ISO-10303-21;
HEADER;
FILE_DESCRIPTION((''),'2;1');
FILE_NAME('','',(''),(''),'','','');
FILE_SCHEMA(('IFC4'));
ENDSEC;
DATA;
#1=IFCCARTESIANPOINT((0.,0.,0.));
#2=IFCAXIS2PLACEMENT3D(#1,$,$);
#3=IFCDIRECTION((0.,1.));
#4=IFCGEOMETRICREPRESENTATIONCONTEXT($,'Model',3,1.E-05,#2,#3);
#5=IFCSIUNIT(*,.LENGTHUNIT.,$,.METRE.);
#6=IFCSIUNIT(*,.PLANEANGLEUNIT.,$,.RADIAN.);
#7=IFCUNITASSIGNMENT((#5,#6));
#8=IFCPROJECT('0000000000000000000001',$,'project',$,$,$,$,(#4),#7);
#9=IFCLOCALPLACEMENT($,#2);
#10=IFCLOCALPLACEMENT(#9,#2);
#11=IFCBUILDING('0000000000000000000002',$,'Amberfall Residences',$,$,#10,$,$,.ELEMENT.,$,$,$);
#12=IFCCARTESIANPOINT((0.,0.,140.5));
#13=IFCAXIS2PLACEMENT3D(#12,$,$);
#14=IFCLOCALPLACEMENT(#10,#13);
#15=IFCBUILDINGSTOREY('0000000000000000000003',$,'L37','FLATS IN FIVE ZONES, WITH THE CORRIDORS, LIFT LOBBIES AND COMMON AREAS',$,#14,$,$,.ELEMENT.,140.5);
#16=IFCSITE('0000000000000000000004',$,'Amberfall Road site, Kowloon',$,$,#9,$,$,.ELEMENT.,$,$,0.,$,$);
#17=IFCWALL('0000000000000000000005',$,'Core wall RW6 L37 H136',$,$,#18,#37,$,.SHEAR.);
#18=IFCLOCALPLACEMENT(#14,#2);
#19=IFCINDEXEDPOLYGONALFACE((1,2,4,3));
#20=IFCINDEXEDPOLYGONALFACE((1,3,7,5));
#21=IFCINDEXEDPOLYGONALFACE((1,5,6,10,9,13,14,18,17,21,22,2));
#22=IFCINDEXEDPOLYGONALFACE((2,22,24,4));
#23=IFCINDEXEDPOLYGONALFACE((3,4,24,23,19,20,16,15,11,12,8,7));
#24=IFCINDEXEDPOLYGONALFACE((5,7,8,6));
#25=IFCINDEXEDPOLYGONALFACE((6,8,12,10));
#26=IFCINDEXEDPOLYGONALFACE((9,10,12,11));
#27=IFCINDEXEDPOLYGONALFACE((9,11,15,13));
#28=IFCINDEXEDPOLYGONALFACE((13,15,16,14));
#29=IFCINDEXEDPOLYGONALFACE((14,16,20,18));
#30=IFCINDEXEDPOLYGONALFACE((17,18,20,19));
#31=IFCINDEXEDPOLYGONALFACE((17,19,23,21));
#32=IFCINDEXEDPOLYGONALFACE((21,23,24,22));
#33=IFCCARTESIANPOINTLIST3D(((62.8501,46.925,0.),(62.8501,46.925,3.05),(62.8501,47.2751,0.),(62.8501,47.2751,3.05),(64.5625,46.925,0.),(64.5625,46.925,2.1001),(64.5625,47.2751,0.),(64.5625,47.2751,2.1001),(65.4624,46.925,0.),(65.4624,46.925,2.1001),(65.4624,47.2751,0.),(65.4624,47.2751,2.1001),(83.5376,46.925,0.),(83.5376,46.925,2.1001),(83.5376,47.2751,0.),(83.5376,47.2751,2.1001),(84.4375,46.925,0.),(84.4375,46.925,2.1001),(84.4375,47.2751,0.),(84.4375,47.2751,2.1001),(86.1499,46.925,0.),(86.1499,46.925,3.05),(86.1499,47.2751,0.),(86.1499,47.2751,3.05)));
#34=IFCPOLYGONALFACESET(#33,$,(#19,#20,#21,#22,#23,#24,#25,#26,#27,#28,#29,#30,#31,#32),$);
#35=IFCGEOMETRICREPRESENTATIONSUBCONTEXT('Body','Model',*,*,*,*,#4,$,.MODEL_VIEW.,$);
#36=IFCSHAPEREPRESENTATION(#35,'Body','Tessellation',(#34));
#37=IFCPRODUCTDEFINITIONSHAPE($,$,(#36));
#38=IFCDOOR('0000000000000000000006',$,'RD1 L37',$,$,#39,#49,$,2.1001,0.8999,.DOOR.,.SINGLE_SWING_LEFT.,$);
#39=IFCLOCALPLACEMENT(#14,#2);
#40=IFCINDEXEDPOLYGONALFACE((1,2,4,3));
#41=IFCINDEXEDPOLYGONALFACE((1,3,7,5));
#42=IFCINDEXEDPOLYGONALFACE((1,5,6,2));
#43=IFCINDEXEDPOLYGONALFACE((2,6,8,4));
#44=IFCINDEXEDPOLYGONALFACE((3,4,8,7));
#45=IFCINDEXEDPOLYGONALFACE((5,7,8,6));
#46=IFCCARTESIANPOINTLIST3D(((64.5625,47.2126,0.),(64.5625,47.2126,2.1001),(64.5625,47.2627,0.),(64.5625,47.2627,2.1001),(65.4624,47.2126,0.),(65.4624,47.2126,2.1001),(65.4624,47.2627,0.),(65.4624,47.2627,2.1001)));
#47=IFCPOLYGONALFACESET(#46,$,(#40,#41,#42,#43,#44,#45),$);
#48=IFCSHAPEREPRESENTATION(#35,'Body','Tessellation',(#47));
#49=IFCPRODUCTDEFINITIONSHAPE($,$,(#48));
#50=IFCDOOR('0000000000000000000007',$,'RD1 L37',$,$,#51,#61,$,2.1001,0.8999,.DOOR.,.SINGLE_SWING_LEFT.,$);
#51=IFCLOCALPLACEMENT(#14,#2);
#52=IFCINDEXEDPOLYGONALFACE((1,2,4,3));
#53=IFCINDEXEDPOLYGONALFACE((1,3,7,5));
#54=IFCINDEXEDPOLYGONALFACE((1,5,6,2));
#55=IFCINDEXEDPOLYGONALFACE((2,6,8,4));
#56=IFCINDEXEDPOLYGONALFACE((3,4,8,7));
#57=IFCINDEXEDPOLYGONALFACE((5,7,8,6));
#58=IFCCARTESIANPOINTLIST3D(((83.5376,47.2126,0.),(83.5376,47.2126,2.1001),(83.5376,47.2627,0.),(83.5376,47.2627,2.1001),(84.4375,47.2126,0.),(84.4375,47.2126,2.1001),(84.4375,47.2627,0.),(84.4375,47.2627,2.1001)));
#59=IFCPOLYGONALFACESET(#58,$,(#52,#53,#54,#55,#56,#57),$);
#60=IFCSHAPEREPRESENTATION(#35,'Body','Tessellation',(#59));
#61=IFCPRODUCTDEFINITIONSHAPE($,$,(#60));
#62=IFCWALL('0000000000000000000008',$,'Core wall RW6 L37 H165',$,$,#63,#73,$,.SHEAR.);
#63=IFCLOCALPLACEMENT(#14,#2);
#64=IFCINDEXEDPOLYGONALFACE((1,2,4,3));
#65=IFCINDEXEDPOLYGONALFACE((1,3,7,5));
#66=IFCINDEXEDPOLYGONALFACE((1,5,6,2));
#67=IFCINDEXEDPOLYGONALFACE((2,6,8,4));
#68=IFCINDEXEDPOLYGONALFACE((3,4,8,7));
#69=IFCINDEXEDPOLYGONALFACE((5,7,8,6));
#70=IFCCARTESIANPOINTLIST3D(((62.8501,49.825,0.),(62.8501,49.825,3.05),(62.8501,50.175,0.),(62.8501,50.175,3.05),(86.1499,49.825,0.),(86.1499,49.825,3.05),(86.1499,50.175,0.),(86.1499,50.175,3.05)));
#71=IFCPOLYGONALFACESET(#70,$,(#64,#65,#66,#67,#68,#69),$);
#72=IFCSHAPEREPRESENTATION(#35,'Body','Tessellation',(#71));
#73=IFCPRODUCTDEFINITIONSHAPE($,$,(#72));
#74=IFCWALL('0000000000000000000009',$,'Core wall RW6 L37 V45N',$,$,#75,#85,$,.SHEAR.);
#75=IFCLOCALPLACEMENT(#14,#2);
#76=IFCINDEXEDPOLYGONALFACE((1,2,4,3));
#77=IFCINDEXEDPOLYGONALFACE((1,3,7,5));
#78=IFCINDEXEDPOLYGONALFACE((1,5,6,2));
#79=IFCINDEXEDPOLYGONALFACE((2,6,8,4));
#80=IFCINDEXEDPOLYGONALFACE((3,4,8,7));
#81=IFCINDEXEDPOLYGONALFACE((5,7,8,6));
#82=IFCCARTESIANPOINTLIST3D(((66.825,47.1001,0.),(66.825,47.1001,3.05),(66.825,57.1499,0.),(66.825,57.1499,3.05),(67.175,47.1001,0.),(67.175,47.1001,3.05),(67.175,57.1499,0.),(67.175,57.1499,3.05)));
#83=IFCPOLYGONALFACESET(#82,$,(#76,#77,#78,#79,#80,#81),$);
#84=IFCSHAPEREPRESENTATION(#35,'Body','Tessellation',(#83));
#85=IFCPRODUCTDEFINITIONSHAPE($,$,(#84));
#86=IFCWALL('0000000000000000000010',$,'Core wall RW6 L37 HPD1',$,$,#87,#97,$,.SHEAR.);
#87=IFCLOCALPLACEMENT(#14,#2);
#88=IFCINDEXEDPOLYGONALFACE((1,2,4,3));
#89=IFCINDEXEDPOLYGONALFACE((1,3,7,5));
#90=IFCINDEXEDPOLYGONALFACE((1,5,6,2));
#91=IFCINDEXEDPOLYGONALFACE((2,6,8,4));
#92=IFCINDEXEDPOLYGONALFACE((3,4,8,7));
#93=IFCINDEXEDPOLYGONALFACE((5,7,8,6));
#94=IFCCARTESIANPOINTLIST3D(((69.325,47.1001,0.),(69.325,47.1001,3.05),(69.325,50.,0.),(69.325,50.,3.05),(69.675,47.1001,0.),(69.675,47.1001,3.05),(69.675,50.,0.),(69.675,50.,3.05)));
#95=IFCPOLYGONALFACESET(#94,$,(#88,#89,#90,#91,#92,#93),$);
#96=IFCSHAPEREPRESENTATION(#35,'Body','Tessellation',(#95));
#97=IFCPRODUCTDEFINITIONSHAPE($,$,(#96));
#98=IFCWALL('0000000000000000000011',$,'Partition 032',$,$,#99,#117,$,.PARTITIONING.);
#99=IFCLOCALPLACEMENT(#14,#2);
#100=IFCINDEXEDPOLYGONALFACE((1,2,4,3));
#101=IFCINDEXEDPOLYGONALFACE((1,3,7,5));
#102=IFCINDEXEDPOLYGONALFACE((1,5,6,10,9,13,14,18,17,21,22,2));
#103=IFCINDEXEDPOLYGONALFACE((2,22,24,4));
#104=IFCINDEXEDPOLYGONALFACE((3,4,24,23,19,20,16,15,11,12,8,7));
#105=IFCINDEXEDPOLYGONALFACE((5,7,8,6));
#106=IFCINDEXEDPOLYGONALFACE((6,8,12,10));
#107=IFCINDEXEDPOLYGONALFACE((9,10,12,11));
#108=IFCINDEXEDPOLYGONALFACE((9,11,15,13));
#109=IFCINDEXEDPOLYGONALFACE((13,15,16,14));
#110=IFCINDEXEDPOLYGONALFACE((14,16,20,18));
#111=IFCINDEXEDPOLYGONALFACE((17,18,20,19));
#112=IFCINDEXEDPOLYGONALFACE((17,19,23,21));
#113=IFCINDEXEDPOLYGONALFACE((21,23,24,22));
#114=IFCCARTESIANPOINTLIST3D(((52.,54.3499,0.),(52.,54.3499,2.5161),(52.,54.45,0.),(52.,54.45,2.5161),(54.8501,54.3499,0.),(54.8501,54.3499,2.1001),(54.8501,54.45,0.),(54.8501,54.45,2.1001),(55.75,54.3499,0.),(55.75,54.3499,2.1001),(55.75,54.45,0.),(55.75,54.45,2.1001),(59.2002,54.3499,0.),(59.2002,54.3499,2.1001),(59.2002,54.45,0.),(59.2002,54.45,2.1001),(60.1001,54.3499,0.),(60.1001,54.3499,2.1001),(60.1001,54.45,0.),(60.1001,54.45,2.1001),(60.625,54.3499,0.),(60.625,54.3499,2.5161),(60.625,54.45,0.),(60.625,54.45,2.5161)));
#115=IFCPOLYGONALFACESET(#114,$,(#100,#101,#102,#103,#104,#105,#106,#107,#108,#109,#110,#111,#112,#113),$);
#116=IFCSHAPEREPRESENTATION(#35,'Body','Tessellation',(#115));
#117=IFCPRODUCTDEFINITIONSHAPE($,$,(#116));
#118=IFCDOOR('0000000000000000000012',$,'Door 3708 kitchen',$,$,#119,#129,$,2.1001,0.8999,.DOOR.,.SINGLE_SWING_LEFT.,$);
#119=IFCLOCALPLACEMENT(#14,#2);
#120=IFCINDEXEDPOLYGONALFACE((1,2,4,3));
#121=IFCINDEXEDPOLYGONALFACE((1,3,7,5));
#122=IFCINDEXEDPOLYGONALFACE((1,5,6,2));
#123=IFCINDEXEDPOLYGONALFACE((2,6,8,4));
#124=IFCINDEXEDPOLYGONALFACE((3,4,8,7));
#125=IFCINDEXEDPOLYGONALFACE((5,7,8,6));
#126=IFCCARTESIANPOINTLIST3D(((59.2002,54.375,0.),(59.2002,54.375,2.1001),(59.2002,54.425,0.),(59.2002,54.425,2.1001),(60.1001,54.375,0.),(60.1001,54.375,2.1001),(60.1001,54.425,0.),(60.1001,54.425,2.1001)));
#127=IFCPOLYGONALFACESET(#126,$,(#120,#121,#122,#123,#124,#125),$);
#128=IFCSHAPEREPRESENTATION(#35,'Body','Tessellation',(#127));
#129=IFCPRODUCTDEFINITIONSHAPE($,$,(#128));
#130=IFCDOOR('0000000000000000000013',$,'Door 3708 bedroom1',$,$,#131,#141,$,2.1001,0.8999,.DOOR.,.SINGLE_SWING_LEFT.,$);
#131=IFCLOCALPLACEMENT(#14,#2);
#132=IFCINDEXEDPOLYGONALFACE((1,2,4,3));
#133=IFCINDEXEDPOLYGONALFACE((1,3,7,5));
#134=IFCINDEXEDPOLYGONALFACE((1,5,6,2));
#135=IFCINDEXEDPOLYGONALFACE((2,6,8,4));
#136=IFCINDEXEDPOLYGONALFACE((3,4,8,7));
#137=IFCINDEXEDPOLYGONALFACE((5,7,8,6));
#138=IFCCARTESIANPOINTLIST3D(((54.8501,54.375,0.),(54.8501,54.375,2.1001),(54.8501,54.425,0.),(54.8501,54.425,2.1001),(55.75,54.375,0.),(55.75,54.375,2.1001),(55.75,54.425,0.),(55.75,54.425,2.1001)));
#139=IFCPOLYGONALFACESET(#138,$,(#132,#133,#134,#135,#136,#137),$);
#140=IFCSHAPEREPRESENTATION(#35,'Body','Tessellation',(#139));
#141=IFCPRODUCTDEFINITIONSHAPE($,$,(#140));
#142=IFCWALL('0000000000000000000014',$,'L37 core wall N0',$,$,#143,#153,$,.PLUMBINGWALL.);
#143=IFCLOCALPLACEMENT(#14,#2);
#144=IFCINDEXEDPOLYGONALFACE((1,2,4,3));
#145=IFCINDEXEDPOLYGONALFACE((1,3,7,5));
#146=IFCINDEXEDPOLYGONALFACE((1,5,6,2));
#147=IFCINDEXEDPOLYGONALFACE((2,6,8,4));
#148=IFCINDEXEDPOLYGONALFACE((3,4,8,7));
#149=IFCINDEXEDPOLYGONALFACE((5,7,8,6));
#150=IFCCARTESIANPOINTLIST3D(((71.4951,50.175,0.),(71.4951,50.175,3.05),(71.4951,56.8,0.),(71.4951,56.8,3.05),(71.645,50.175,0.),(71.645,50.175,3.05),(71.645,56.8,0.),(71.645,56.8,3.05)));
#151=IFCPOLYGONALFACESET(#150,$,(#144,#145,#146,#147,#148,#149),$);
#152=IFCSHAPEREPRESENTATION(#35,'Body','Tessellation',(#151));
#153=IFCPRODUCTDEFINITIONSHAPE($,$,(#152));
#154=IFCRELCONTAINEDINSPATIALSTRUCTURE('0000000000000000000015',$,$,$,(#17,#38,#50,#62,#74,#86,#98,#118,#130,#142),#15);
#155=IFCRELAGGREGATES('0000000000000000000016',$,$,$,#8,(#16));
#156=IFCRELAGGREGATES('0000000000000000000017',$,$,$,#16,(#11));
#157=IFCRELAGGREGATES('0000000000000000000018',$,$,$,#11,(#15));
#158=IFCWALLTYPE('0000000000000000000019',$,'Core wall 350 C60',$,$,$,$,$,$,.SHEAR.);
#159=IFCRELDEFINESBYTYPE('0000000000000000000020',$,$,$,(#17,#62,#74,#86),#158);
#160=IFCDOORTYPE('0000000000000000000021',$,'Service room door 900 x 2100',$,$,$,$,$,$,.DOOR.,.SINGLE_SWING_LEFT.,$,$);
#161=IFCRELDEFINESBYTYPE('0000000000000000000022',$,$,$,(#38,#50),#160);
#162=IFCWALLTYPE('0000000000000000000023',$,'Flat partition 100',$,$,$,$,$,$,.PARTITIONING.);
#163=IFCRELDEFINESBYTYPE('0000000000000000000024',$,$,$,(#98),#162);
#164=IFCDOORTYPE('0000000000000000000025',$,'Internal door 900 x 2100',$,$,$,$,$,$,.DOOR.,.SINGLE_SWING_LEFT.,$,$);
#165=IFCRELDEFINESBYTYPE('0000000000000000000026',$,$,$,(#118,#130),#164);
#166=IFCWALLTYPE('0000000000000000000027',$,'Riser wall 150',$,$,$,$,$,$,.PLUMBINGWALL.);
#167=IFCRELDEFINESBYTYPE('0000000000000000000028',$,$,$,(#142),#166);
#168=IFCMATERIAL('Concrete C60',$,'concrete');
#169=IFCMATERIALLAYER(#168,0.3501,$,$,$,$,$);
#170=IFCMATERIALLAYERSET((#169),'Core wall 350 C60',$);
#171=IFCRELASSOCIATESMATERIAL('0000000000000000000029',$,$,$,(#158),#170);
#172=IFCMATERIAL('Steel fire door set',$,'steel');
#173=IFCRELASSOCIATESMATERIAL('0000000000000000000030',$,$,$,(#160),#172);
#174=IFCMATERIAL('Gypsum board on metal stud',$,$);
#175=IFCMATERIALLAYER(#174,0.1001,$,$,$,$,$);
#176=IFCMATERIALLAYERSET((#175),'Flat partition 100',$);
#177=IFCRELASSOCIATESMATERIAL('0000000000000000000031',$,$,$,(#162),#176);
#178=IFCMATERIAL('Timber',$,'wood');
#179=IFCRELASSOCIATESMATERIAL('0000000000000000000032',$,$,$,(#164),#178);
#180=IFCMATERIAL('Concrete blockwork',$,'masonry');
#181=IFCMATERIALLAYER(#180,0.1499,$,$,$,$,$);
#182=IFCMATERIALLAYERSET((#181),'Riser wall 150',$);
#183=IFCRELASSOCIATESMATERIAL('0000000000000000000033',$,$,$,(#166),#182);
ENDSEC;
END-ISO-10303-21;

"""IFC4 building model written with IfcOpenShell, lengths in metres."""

from ifc_helpers import new_model, si_unit, direction, frame, frame_2d, origin, place, context, subcontext, project, spatial, rectangle, extrude, material, layer, layer_set, type_object, element, fill, save


model = new_model("IFC4")

# Units and contexts
model_context = context("Model", 3, precision=1e-05, world=origin(), true_north=direction((0.0, 1.0)))
body_context = subcontext(model_context, "Body", "Model", "MODEL_VIEW")
ifc_project = project(units=[si_unit("LENGTHUNIT", "METRE"), si_unit("PLANEANGLEUNIT", "RADIAN")], contexts=[model_context])

# Site, building, storey
site_placement = place(None, origin())
site = spatial("IfcSite", under=ifc_project, at=site_placement, Name="Amberfall Road site, Kowloon", CompositionType="ELEMENT", RefElevation=0.0)
building_placement = place(site_placement, origin())
building = spatial("IfcBuilding", under=site, at=building_placement, Name="Amberfall Residences", CompositionType="ELEMENT")
storey_placement = place(building_placement, frame((0.0, 0.0, 140.5)))
storey = spatial("IfcBuildingStorey", under=building, at=storey_placement, Name="L37", Description="FLATS IN FIVE ZONES, WITH THE CORRIDORS, LIFT LOBBIES AND COMMON AREAS", CompositionType="ELEMENT", Elevation=140.5)

# Wall, openings, doors
ifc_material_1 = material(Name="Concrete C60", Category="concrete")
ifc_layer_1 = layer(ifc_material_1, 0.3501)
ifc_layer_set_1 = layer_set([ifc_layer_1], Name="Core wall 350 C60")
wall_type_1 = type_object("IfcWallType", Name="Core wall 350 C60", PredefinedType="SHEAR", material=ifc_layer_set_1)
wall_1_placement = place(storey_placement, frame((62.8501, 47.1001, 0.0), z_axis=(0.0, 0.0, 1.0), x_axis=(1.0, 0.0, 0.0)))
wall_1 = element("IfcWall", 1, at=wall_1_placement, inside=storey, type_object=wall_type_1, Name="Core wall RW6 L37 H136", PredefinedType="SHEAR", context=body_context, shape_type="SweptSolid", body=[
    extrude(rectangle(XDim=23.2998, YDim=0.3501, at=frame_2d((11.6499, 0.0))), origin(), (0.0, 0.0, 1.0), 3.05),
])
opening_1_placement = place(wall_1_placement, frame((1.7124, 0.0, 0.0)))
opening_1 = element("IfcOpeningElement", 2, at=opening_1_placement, cuts=wall_1, PredefinedType="OPENING", context=body_context, shape_type="SweptSolid", body=[
    extrude(rectangle(XDim=0.8999, YDim=2.1001, at=frame_2d((0.45, 1.05))), frame((0.0, 0.1851, 0.0), z_axis=(0.0, -1.0, 0.0), x_axis=(1.0, 0.0, 0.0)), (0.0, 0.0, 1.0), 0.3701),
])
opening_2_placement = place(wall_1_placement, frame((20.6875, 0.0, 0.0)))
opening_2 = element("IfcOpeningElement", 3, at=opening_2_placement, cuts=wall_1, PredefinedType="OPENING", context=body_context, shape_type="SweptSolid", body=[
    extrude(rectangle(XDim=0.8999, YDim=2.1001, at=frame_2d((0.45, 1.05))), frame((0.0, 0.1851, 0.0), z_axis=(0.0, -1.0, 0.0), x_axis=(1.0, 0.0, 0.0)), (0.0, 0.0, 1.0), 0.3701),
])
ifc_material_2 = material(Name="Steel fire door set", Category="steel")
door_type_1 = type_object("IfcDoorType", Name="Service room door 900 x 2100", OperationType="SINGLE_SWING_LEFT", PredefinedType="DOOR", material=ifc_material_2)
door_1_placement = place(opening_1_placement, origin())
door_1 = element("IfcDoor", 4, at=door_1_placement, inside=storey, type_object=door_type_1, Name="RD1 L37", OperationType="SINGLE_SWING_LEFT", OverallHeight=2.1001, OverallWidth=0.8999, PredefinedType="DOOR", context=body_context, shape_type="SweptSolid", body=[
    extrude(rectangle(XDim=0.8999, YDim=2.1001, at=frame_2d((0.45, 1.05))), frame((0.0, 0.1626, 0.0), z_axis=(0.0, -1.0, 0.0), x_axis=(1.0, 0.0, 0.0)), (0.0, 0.0, 1.0), 0.05),
])
fill(opening_1, door_1)
door_2_placement = place(opening_2_placement, origin())
door_2 = element("IfcDoor", 5, at=door_2_placement, inside=storey, type_object=door_type_1, Name="RD1 L37", OperationType="SINGLE_SWING_LEFT", OverallHeight=2.1001, OverallWidth=0.8999, PredefinedType="DOOR", context=body_context, shape_type="SweptSolid", body=[
    extrude(rectangle(XDim=0.8999, YDim=2.1001, at=frame_2d((0.45, 1.05))), frame((0.0, 0.1626, 0.0), z_axis=(0.0, -1.0, 0.0), x_axis=(1.0, 0.0, 0.0)), (0.0, 0.0, 1.0), 0.05),
])
fill(opening_2, door_2)

# Walls
wall_2_placement = place(storey_placement, frame((62.8501, 50.0, 0.0), z_axis=(0.0, 0.0, 1.0), x_axis=(1.0, 0.0, 0.0)))
element("IfcWall", 6, at=wall_2_placement, inside=storey, type_object=wall_type_1, Name="Core wall RW6 L37 H165", PredefinedType="SHEAR", context=body_context, shape_type="SweptSolid", body=[
    extrude(rectangle(XDim=23.2998, YDim=0.3501, at=frame_2d((11.6499, 0.0))), origin(), (0.0, 0.0, 1.0), 3.05),
])
wall_3_placement = place(storey_placement, frame((67.0, 47.1001, 0.0), z_axis=(0.0, 0.0, 1.0), x_axis=(0.0, 1.0, 0.0)))
element("IfcWall", 7, at=wall_3_placement, inside=storey, type_object=wall_type_1, Name="Core wall RW6 L37 V45N", PredefinedType="SHEAR", context=body_context, shape_type="SweptSolid", body=[
    extrude(rectangle(XDim=10.0498, YDim=0.3501, at=frame_2d((5.0249, 0.0))), origin(), (0.0, 0.0, 1.0), 3.05),
])
wall_4_placement = place(storey_placement, frame((69.5, 47.1001, 0.0), z_axis=(0.0, 0.0, 1.0), x_axis=(0.0, 1.0, 0.0)))
element("IfcWall", 8, at=wall_4_placement, inside=storey, type_object=wall_type_1, Name="Core wall RW6 L37 HPD1", PredefinedType="SHEAR", context=body_context, shape_type="SweptSolid", body=[
    extrude(rectangle(XDim=2.8999, YDim=0.3501, at=frame_2d((1.45, 0.0))), origin(), (0.0, 0.0, 1.0), 3.05),
])

# Wall, openings, doors
ifc_material_3 = material(Name="Gypsum board on metal stud")
ifc_layer_2 = layer(ifc_material_3, 0.1001)
ifc_layer_set_2 = layer_set([ifc_layer_2], Name="Flat partition 100")
wall_type_2 = type_object("IfcWallType", Name="Flat partition 100", PredefinedType="PARTITIONING", material=ifc_layer_set_2)
wall_5_placement = place(storey_placement, frame((60.625, 54.3999, 0.0), z_axis=(0.0, 0.0, 1.0), x_axis=(-1.0, 0.0, 0.0)))
wall_5 = element("IfcWall", 9, at=wall_5_placement, inside=storey, type_object=wall_type_2, Name="Partition 032", PredefinedType="PARTITIONING", context=body_context, shape_type="SweptSolid", body=[
    extrude(rectangle(XDim=8.625, YDim=0.1001, at=frame_2d((4.3125, 0.0))), origin(), (0.0, 0.0, 1.0), 2.5161),
])
opening_3_placement = place(wall_5_placement, frame((0.5249, 0.0, 0.0)))
opening_3 = element("IfcOpeningElement", 10, at=opening_3_placement, cuts=wall_5, PredefinedType="OPENING", context=body_context, shape_type="SweptSolid", body=[
    extrude(rectangle(XDim=0.8999, YDim=2.1001, at=frame_2d((0.45, 1.05))), frame((0.0, 0.0601, 0.0), z_axis=(0.0, -1.0, 0.0), x_axis=(1.0, 0.0, 0.0)), (0.0, 0.0, 1.0), 0.1201),
])
opening_4_placement = place(wall_5_placement, frame((4.875, 0.0, 0.0)))
opening_4 = element("IfcOpeningElement", 11, at=opening_4_placement, cuts=wall_5, PredefinedType="OPENING", context=body_context, shape_type="SweptSolid", body=[
    extrude(rectangle(XDim=0.8999, YDim=2.1001, at=frame_2d((0.45, 1.05))), frame((0.0, 0.0601, 0.0), z_axis=(0.0, -1.0, 0.0), x_axis=(1.0, 0.0, 0.0)), (0.0, 0.0, 1.0), 0.1201),
])
ifc_material_4 = material(Name="Timber", Category="wood")
door_type_2 = type_object("IfcDoorType", Name="Internal door 900 x 2100", OperationType="SINGLE_SWING_LEFT", PredefinedType="DOOR", material=ifc_material_4)
door_3_placement = place(opening_3_placement, origin())
door_3 = element("IfcDoor", 12, at=door_3_placement, inside=storey, type_object=door_type_2, Name="Door 3708 kitchen", OperationType="SINGLE_SWING_LEFT", OverallHeight=2.1001, OverallWidth=0.8999, PredefinedType="DOOR", context=body_context, shape_type="SweptSolid", body=[
    extrude(rectangle(XDim=0.8999, YDim=2.1001, at=frame_2d((0.45, 1.05))), frame((0.0, 0.0249, 0.0), z_axis=(0.0, -1.0, 0.0), x_axis=(1.0, 0.0, 0.0)), (0.0, 0.0, 1.0), 0.05),
])
fill(opening_3, door_3)
door_4_placement = place(opening_4_placement, origin())
door_4 = element("IfcDoor", 13, at=door_4_placement, inside=storey, type_object=door_type_2, Name="Door 3708 bedroom1", OperationType="SINGLE_SWING_LEFT", OverallHeight=2.1001, OverallWidth=0.8999, PredefinedType="DOOR", context=body_context, shape_type="SweptSolid", body=[
    extrude(rectangle(XDim=0.8999, YDim=2.1001, at=frame_2d((0.45, 1.05))), frame((0.0, 0.0249, 0.0), z_axis=(0.0, -1.0, 0.0), x_axis=(1.0, 0.0, 0.0)), (0.0, 0.0, 1.0), 0.05),
])
fill(opening_4, door_4)

# Wall
ifc_material_5 = material(Name="Concrete blockwork", Category="masonry")
ifc_layer_3 = layer(ifc_material_5, 0.1499)
ifc_layer_set_3 = layer_set([ifc_layer_3], Name="Riser wall 150")
wall_type_3 = type_object("IfcWallType", Name="Riser wall 150", PredefinedType="PLUMBINGWALL", material=ifc_layer_set_3)
wall_6_placement = place(storey_placement, frame((71.5701, 50.175, 0.0), z_axis=(0.0, 0.0, 1.0), x_axis=(0.0, 1.0, 0.0)))
element("IfcWall", 14, at=wall_6_placement, inside=storey, type_object=wall_type_3, Name="L37 core wall N0", PredefinedType="PLUMBINGWALL", context=body_context, shape_type="SweptSolid", body=[
    extrude(rectangle(XDim=6.625, YDim=0.1499, at=frame_2d((3.3125, 0.0))), origin(), (0.0, 0.0, 1.0), 3.05),
])

save(model, "model.ifc")
